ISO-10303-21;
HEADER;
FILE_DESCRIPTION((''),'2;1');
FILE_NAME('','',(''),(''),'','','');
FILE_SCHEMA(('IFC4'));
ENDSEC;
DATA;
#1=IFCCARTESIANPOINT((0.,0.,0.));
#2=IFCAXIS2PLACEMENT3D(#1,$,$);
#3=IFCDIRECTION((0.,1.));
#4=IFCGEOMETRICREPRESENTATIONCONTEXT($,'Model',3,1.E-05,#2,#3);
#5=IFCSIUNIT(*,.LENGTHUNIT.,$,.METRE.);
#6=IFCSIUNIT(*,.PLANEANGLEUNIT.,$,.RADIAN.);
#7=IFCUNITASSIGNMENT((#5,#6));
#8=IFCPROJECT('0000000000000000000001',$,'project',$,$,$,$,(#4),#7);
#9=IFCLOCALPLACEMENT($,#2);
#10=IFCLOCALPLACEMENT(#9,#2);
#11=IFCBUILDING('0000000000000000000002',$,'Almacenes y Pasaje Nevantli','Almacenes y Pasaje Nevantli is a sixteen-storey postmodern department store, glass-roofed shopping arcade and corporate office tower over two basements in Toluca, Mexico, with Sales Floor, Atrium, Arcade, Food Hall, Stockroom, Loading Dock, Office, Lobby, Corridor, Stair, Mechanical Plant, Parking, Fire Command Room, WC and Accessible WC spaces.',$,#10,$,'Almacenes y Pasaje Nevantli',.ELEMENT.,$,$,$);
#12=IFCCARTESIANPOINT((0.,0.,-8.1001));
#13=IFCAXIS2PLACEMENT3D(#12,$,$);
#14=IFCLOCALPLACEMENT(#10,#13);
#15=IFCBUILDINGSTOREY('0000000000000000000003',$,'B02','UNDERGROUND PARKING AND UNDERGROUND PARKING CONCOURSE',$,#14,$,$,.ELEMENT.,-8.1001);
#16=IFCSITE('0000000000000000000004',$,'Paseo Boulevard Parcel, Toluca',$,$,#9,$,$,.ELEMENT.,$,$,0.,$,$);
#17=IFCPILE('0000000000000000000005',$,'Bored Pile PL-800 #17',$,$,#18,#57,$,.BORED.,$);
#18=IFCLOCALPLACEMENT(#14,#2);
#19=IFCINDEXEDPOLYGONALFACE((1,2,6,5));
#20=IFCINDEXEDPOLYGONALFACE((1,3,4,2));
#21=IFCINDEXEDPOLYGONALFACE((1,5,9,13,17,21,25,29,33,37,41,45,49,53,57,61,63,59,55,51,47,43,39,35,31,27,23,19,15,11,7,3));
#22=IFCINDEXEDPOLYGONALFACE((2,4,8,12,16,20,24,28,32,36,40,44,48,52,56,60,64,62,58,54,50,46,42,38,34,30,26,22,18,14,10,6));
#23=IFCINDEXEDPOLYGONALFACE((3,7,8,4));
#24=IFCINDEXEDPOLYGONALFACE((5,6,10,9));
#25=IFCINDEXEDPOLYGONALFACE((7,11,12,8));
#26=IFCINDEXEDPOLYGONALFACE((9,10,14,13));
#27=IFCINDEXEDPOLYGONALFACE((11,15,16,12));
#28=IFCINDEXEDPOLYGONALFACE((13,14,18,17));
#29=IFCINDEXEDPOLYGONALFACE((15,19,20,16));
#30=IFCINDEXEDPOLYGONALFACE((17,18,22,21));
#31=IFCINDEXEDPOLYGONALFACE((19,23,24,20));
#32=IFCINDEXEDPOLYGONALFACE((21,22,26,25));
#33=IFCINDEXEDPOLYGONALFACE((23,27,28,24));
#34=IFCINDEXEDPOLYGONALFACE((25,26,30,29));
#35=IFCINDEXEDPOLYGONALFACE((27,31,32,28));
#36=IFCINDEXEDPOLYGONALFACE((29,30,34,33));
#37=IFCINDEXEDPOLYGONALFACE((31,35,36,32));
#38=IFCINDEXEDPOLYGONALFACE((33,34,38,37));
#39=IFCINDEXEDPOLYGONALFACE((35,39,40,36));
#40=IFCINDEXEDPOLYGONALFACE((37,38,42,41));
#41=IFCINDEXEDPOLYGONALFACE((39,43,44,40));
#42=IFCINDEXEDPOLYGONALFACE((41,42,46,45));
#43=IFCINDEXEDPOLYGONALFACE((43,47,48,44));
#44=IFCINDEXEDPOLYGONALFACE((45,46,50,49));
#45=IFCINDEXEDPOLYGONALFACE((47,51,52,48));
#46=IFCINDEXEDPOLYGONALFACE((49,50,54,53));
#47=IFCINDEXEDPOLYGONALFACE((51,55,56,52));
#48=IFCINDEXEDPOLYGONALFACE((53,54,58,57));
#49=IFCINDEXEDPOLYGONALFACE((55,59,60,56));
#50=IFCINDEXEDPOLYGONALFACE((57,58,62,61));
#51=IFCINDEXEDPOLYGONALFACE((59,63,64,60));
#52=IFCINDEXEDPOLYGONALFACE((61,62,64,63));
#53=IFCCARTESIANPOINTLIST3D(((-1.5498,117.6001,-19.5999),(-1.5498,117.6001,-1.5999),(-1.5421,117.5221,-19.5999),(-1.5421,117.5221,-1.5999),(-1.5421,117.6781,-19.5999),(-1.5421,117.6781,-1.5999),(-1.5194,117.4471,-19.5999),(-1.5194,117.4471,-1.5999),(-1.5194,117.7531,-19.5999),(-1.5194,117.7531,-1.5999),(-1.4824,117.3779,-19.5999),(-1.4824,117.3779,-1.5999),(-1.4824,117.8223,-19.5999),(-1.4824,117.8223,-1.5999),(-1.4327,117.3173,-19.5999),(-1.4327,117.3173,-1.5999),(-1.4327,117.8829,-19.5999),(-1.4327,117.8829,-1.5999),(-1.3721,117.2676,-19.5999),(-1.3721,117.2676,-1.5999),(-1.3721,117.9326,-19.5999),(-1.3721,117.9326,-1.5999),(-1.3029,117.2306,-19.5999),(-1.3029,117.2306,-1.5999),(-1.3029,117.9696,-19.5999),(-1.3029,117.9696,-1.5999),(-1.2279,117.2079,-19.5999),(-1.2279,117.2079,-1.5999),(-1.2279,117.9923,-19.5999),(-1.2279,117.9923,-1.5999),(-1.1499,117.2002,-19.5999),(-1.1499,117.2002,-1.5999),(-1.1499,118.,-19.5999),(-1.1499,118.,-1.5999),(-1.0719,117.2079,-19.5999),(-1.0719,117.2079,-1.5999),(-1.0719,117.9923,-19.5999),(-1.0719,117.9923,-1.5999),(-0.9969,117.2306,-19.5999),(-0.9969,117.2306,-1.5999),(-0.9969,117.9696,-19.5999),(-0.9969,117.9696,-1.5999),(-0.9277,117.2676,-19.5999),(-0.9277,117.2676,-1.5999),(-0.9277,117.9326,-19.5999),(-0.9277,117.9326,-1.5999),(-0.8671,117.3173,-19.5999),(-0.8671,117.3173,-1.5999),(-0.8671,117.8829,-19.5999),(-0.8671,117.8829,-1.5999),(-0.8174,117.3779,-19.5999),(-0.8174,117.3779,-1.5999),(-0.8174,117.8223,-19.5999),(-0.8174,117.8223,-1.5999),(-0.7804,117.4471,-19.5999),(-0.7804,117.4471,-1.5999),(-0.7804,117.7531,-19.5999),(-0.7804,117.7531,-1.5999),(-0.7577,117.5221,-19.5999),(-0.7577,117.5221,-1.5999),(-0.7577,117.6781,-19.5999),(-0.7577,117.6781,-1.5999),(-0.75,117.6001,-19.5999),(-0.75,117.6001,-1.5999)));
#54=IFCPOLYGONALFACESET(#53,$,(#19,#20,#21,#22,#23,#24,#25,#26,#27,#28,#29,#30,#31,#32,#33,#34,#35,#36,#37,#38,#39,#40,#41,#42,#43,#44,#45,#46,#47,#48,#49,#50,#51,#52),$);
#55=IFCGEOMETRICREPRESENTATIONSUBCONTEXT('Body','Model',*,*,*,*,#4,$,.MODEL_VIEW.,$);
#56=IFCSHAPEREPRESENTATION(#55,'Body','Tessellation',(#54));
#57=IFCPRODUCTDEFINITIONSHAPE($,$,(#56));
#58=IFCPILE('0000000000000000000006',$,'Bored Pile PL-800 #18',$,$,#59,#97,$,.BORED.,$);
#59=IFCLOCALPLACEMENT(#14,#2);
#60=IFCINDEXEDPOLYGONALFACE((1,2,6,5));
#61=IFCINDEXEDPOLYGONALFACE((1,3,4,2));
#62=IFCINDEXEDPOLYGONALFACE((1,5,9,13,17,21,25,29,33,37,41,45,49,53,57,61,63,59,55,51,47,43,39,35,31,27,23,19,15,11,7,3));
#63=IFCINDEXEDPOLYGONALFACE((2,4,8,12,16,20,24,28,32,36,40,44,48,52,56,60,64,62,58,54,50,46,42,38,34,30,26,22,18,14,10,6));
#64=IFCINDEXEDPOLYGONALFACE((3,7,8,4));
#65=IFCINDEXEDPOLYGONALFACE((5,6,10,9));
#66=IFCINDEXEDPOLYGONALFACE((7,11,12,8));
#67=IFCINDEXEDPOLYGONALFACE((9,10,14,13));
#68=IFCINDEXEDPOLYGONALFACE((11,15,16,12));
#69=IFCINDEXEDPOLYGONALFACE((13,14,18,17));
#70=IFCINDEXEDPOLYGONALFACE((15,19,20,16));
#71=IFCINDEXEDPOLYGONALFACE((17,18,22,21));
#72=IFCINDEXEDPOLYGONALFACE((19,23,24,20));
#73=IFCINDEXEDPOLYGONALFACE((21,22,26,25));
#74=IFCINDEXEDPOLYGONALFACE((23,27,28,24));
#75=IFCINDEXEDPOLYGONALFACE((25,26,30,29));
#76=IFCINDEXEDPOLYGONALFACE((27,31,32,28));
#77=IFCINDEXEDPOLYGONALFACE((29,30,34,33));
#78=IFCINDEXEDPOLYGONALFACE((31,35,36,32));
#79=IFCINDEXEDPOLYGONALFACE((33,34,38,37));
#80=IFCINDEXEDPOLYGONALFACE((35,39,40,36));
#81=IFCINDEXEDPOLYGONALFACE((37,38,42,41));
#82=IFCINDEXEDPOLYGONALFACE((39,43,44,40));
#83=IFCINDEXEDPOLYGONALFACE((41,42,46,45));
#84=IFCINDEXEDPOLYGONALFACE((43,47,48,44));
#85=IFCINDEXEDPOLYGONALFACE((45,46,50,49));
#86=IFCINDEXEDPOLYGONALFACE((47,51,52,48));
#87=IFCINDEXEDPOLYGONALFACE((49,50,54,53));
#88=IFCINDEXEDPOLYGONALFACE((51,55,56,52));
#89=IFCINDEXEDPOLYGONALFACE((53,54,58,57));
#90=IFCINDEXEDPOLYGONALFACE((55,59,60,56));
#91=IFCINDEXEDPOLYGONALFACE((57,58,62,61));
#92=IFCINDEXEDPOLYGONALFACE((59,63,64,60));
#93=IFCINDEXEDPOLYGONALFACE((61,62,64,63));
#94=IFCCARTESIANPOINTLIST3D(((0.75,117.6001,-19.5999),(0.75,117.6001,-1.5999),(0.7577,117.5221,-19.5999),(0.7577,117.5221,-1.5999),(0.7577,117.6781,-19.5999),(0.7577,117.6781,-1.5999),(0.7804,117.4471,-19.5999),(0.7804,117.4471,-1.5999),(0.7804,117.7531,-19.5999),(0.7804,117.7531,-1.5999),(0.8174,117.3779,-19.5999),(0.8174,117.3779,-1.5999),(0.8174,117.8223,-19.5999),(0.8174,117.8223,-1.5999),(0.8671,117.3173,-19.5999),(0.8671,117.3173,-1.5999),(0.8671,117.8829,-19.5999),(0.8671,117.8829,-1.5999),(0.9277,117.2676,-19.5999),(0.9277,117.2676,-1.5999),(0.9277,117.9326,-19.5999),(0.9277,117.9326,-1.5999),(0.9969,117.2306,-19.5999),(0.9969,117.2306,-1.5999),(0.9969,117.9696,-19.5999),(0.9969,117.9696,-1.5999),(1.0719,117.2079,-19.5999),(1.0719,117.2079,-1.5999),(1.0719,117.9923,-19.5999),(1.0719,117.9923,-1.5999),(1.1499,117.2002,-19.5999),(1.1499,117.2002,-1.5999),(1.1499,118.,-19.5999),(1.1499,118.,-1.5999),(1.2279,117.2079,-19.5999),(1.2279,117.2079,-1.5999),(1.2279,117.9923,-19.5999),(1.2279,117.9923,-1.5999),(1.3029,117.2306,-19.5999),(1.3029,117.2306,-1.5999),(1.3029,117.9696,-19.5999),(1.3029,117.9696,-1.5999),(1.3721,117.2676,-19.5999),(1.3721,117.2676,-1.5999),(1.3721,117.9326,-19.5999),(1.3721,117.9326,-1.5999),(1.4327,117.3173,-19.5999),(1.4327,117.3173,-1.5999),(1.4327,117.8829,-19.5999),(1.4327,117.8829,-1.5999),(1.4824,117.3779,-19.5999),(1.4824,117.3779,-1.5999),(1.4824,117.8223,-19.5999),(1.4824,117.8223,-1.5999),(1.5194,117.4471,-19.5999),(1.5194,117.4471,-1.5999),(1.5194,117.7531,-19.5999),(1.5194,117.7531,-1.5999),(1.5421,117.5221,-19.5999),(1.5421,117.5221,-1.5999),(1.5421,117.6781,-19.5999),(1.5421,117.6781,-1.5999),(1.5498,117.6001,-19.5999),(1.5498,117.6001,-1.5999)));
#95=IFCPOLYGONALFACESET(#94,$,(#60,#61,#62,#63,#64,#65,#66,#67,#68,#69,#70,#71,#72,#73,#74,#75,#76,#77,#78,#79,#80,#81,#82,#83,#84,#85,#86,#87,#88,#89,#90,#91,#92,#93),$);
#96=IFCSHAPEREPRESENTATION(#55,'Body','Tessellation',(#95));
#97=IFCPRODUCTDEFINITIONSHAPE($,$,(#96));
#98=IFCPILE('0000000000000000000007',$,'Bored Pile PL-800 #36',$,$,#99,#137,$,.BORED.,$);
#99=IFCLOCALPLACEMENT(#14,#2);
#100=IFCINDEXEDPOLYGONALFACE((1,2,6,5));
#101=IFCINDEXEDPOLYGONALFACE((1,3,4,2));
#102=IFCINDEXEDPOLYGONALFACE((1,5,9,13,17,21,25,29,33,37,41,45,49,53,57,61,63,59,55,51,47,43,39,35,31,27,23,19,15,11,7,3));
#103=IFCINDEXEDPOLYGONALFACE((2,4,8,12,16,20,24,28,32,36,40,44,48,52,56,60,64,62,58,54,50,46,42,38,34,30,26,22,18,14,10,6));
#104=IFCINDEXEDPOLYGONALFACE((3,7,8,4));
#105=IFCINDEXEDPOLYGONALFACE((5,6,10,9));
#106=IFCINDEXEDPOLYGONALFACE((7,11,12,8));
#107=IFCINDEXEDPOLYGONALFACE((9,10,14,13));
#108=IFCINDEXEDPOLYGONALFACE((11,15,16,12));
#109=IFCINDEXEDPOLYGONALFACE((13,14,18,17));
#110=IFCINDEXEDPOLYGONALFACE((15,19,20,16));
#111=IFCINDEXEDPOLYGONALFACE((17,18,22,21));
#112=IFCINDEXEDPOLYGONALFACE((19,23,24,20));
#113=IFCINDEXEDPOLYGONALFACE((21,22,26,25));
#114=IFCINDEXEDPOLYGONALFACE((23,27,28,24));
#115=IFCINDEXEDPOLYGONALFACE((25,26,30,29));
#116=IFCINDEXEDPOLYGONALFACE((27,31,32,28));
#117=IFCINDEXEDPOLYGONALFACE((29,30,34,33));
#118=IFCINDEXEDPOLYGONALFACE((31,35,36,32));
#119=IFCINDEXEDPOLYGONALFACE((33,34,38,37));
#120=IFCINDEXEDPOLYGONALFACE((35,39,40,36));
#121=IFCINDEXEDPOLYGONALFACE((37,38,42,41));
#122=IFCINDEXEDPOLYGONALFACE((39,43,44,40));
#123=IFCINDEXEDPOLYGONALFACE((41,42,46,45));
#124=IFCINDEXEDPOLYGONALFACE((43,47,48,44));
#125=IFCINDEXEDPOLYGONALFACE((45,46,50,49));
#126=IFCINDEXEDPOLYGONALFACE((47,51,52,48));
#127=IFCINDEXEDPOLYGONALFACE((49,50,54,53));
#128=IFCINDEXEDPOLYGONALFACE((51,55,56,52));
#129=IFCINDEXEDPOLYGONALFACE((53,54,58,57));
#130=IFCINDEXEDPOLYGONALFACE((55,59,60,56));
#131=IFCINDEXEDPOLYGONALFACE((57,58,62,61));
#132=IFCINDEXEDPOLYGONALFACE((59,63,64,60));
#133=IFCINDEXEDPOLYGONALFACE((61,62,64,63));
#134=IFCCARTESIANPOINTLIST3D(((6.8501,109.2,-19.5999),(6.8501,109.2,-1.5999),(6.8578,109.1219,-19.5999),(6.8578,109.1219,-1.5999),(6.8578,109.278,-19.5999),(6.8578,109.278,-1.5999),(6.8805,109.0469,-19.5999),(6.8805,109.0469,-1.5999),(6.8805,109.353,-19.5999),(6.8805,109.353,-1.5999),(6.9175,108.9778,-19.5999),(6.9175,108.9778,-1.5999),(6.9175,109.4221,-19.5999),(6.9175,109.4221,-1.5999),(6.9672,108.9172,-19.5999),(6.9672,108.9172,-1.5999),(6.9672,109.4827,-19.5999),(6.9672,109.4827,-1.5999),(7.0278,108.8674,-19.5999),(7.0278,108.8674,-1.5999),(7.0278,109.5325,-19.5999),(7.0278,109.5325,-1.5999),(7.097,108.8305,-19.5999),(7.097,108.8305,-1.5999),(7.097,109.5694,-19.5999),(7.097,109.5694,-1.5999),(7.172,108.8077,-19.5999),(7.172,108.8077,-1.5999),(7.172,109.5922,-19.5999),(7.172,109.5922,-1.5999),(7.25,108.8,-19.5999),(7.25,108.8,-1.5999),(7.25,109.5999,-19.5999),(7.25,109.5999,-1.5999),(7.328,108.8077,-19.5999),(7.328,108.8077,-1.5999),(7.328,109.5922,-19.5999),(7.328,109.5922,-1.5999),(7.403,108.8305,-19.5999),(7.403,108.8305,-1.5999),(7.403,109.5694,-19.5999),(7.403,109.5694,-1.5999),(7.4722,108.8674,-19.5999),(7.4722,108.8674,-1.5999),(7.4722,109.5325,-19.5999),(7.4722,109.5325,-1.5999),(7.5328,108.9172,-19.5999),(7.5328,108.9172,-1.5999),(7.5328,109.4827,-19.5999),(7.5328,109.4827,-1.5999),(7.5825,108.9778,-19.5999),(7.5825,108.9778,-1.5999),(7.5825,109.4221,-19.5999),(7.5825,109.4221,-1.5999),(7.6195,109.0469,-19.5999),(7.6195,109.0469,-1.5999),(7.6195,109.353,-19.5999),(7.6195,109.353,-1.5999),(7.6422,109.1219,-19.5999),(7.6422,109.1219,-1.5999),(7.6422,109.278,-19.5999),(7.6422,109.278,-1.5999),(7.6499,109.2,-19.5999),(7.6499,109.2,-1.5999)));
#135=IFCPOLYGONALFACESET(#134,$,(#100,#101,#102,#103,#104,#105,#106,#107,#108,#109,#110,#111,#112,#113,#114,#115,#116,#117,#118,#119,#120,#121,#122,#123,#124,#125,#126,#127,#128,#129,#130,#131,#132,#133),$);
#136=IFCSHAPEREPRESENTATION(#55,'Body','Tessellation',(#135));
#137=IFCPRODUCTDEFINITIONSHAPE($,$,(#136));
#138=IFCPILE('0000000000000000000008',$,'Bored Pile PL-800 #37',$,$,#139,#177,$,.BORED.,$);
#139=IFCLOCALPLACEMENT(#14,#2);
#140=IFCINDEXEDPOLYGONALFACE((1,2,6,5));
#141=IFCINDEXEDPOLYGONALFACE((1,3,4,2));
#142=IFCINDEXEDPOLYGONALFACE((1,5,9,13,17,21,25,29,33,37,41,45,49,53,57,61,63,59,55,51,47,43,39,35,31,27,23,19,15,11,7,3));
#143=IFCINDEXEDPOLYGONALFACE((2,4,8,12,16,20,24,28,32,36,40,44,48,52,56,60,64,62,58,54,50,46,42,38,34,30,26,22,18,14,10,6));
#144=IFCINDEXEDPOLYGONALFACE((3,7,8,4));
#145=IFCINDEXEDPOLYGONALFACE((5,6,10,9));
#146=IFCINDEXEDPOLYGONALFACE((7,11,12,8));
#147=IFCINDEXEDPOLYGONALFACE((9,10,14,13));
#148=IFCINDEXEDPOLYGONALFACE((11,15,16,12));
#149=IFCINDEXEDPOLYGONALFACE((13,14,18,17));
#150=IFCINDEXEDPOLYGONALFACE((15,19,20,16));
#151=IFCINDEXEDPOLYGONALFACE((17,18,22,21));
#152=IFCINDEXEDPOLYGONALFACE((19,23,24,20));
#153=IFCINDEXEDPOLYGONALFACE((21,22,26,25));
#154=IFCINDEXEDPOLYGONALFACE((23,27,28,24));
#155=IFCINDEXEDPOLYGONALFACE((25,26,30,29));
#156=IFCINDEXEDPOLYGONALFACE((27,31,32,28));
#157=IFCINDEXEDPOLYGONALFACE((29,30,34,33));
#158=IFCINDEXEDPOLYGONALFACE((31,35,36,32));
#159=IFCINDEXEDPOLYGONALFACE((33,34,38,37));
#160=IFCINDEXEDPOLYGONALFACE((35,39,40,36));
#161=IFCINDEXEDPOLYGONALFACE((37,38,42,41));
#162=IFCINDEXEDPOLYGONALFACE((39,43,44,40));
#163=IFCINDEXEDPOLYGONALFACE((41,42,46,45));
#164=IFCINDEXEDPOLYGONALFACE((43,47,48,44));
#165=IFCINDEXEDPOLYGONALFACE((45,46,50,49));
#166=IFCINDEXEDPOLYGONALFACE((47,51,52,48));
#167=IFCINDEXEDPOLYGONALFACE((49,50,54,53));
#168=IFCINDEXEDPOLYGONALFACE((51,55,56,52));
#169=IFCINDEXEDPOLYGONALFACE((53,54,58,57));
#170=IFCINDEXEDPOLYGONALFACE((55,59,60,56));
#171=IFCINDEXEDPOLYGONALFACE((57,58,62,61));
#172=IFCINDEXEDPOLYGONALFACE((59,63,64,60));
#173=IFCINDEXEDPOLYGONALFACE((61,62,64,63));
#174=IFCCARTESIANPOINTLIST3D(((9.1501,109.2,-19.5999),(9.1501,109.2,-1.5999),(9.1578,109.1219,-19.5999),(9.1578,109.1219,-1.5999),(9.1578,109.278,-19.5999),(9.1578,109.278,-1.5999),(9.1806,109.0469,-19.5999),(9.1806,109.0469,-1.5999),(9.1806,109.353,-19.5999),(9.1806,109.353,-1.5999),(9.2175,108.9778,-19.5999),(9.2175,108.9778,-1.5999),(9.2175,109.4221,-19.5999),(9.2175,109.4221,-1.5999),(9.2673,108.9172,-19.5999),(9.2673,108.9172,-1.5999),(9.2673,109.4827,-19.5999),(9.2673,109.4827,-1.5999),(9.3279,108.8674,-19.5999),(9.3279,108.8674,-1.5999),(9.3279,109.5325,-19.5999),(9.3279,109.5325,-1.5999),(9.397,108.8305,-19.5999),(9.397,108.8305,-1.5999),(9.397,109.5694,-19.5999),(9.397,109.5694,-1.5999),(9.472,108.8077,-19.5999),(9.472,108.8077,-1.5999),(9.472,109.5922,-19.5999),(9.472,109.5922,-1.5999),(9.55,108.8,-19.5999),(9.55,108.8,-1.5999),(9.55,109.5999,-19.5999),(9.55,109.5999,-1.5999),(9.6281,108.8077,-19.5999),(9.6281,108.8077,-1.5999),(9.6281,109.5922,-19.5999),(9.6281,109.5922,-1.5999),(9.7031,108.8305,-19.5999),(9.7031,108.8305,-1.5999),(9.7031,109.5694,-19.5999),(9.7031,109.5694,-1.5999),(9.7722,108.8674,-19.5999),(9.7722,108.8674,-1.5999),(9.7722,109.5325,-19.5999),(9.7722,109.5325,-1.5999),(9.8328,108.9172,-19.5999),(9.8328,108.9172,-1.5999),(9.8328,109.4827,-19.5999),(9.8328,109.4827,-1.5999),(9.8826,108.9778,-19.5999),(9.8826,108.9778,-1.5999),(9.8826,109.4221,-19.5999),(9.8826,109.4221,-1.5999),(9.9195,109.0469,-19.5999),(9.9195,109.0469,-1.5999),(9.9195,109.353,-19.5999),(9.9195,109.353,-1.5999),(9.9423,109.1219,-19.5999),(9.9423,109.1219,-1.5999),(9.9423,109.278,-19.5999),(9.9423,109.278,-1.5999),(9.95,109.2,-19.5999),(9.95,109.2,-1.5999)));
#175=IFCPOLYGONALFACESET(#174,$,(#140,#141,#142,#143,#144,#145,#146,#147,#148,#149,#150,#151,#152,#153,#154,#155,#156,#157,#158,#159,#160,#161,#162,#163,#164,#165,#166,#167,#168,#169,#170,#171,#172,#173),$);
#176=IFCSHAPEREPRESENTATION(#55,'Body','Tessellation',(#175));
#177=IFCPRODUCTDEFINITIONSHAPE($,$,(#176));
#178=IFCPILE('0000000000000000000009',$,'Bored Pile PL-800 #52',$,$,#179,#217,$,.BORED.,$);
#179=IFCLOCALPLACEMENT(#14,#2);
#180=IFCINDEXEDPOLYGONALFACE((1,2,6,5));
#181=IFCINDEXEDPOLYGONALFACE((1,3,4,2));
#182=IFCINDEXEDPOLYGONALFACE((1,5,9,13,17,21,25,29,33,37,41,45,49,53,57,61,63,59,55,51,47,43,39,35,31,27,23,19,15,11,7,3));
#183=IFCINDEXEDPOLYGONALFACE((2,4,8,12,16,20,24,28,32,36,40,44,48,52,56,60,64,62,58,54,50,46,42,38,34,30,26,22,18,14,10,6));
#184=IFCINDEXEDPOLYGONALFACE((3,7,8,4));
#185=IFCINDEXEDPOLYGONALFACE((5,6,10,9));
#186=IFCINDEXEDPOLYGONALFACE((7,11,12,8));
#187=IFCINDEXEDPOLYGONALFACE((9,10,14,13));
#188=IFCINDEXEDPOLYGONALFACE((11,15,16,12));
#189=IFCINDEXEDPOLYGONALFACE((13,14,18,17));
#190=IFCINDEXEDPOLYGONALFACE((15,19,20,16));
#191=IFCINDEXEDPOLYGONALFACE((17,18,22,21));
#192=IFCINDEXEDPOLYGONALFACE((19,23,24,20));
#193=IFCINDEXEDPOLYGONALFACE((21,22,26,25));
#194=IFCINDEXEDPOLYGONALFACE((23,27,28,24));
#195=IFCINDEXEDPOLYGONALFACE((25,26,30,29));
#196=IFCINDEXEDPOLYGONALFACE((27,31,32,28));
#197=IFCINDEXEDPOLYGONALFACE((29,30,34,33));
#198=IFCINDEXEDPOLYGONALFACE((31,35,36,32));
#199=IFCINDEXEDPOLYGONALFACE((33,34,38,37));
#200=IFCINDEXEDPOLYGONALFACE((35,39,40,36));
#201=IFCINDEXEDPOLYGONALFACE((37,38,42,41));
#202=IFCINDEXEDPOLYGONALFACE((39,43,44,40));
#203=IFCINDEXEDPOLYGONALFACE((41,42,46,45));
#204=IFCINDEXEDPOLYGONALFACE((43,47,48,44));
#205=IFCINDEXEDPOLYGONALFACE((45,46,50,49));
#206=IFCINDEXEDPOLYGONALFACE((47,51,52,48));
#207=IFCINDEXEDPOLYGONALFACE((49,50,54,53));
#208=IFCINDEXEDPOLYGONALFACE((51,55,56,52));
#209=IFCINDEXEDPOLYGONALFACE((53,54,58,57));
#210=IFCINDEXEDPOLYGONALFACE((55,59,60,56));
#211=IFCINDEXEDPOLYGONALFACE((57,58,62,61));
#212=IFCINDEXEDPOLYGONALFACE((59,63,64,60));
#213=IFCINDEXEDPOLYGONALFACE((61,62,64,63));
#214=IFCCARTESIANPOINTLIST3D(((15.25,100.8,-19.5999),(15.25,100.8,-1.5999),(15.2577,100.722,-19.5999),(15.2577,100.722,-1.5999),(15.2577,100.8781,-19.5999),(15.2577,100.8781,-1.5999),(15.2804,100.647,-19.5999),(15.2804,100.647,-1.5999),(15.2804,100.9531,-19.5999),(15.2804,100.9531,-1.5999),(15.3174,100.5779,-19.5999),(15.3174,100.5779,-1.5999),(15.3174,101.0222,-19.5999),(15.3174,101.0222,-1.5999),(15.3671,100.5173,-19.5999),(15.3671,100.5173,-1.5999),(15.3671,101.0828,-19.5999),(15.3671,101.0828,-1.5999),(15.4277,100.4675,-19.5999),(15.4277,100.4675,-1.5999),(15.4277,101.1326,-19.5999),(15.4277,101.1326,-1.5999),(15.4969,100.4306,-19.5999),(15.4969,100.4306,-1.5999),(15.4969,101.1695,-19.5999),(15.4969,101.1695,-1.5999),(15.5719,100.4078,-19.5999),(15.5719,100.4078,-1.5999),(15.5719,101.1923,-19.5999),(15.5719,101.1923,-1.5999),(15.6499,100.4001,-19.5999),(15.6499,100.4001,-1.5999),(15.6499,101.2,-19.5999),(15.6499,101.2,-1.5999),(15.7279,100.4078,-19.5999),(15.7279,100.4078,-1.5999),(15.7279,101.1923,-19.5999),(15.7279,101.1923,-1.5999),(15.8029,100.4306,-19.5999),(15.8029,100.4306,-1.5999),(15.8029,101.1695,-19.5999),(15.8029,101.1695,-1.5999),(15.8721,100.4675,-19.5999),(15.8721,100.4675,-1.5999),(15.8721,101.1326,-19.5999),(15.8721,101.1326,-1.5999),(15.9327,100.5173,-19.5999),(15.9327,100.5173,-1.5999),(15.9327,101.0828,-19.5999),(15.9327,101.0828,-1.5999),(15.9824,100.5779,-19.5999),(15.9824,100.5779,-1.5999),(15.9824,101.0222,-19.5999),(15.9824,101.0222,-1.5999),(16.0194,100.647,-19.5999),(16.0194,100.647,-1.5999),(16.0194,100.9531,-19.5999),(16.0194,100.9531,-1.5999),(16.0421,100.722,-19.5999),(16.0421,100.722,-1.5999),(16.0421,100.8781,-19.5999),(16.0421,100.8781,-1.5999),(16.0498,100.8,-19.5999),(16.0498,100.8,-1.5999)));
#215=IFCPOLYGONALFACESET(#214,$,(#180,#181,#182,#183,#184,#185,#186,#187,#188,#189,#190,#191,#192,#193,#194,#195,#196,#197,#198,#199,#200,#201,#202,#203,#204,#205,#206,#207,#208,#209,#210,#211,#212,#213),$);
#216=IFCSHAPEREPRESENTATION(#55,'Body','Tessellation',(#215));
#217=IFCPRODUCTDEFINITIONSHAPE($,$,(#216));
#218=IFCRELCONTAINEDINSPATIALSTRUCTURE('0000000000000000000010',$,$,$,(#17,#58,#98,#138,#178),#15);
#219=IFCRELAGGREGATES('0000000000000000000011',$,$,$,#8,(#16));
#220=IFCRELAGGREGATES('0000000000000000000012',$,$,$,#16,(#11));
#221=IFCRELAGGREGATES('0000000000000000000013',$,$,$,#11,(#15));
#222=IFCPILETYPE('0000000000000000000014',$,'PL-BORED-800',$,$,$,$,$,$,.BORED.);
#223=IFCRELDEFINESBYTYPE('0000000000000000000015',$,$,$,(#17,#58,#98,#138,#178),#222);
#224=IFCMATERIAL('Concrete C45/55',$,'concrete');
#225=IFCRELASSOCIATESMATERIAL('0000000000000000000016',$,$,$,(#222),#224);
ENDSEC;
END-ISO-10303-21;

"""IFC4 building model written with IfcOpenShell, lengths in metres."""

from ifc_helpers import new_model, si_unit, direction, frame, origin, origin_2d, place, context, subcontext, project, spatial, circle, extrude, material, material_profile, profile_set, type_object, element, save


model = new_model("IFC4")

# Units and contexts
model_context = context("Model", 3, precision=1e-05, world=origin(), true_north=direction((0.0, 1.0)))
body_context = subcontext(model_context, "Body", "Model", "MODEL_VIEW")
ifc_project = project(units=[si_unit("LENGTHUNIT", "METRE"), si_unit("PLANEANGLEUNIT", "RADIAN")], contexts=[model_context])

# Site, building, storey
site_placement = place(None, origin())
site = spatial("IfcSite", under=ifc_project, at=site_placement, Name="Paseo Boulevard Parcel, Toluca", CompositionType="ELEMENT", RefElevation=0.0)
building_placement = place(site_placement, origin())
building = spatial("IfcBuilding", under=site, at=building_placement, Name="Almacenes y Pasaje Nevantli", Description="Almacenes y Pasaje Nevantli is a sixteen-storey postmodern department store, glass-roofed shopping arcade and corporate office tower over two basements in Toluca, Mexico, with Sales Floor, Atrium, Arcade, Food Hall, Stockroom, Loading Dock, Office, Lobby, Corridor, Stair, Mechanical Plant, Parking, Fire Command Room, WC and Accessible WC spaces.", LongName="Almacenes y Pasaje Nevantli", CompositionType="ELEMENT")
storey_placement = place(building_placement, frame((0.0, 0.0, -8.1001)))
storey = spatial("IfcBuildingStorey", under=building, at=storey_placement, Name="B02", Description="UNDERGROUND PARKING AND UNDERGROUND PARKING CONCOURSE", CompositionType="ELEMENT", Elevation=-8.1001)

# Piles
ifc_material_1 = material(Name="Concrete C45/55", Category="concrete")
ifc_material_profile_1 = material_profile(ifc_material_1, circle(Radius=0.3999, at=origin_2d()), Name="RC-PILE-D800")
ifc_profile_set_1 = profile_set([ifc_material_profile_1], Name="Concrete C45/55")
pile_type_1 = type_object("IfcPileType", Name="PL-BORED-800", PredefinedType="BORED", material=ifc_profile_set_1)
for number, where, z_axis, x_axis, name in (
    (1, (-1.1499, 117.6001, -1.5999), (0.0, 0.0, -1.0), (1.0, 0.0, 0.0), "Bored Pile PL-800 #17"),
    (2, (1.1499, 117.6001, -1.5999), (0.0, 0.0, -1.0), (1.0, 0.0, 0.0), "Bored Pile PL-800 #18"),
    (3, (7.25, 109.2, -1.5999), (0.0, 0.0, -1.0), (1.0, 0.0, 0.0), "Bored Pile PL-800 #36"),
    (4, (9.55, 109.2, -1.5999), (0.0, 0.0, -1.0), (1.0, 0.0, 0.0), "Bored Pile PL-800 #37"),
    (5, (15.6499, 100.8, -1.5999), (0.0, 0.0, -1.0), (1.0, 0.0, 0.0), "Bored Pile PL-800 #52"),
):
    element("IfcPile", number, at=place(storey_placement, frame(where, z_axis=z_axis, x_axis=x_axis)), inside=storey, type_object=pile_type_1, Name=name, PredefinedType="BORED", context=body_context, shape_type="SweptSolid", body=[
        extrude(circle(Radius=0.3999, at=origin_2d()), origin(), (0.0, 0.0, 1.0), 18.0),
    ])

save(model, "model.ifc")
